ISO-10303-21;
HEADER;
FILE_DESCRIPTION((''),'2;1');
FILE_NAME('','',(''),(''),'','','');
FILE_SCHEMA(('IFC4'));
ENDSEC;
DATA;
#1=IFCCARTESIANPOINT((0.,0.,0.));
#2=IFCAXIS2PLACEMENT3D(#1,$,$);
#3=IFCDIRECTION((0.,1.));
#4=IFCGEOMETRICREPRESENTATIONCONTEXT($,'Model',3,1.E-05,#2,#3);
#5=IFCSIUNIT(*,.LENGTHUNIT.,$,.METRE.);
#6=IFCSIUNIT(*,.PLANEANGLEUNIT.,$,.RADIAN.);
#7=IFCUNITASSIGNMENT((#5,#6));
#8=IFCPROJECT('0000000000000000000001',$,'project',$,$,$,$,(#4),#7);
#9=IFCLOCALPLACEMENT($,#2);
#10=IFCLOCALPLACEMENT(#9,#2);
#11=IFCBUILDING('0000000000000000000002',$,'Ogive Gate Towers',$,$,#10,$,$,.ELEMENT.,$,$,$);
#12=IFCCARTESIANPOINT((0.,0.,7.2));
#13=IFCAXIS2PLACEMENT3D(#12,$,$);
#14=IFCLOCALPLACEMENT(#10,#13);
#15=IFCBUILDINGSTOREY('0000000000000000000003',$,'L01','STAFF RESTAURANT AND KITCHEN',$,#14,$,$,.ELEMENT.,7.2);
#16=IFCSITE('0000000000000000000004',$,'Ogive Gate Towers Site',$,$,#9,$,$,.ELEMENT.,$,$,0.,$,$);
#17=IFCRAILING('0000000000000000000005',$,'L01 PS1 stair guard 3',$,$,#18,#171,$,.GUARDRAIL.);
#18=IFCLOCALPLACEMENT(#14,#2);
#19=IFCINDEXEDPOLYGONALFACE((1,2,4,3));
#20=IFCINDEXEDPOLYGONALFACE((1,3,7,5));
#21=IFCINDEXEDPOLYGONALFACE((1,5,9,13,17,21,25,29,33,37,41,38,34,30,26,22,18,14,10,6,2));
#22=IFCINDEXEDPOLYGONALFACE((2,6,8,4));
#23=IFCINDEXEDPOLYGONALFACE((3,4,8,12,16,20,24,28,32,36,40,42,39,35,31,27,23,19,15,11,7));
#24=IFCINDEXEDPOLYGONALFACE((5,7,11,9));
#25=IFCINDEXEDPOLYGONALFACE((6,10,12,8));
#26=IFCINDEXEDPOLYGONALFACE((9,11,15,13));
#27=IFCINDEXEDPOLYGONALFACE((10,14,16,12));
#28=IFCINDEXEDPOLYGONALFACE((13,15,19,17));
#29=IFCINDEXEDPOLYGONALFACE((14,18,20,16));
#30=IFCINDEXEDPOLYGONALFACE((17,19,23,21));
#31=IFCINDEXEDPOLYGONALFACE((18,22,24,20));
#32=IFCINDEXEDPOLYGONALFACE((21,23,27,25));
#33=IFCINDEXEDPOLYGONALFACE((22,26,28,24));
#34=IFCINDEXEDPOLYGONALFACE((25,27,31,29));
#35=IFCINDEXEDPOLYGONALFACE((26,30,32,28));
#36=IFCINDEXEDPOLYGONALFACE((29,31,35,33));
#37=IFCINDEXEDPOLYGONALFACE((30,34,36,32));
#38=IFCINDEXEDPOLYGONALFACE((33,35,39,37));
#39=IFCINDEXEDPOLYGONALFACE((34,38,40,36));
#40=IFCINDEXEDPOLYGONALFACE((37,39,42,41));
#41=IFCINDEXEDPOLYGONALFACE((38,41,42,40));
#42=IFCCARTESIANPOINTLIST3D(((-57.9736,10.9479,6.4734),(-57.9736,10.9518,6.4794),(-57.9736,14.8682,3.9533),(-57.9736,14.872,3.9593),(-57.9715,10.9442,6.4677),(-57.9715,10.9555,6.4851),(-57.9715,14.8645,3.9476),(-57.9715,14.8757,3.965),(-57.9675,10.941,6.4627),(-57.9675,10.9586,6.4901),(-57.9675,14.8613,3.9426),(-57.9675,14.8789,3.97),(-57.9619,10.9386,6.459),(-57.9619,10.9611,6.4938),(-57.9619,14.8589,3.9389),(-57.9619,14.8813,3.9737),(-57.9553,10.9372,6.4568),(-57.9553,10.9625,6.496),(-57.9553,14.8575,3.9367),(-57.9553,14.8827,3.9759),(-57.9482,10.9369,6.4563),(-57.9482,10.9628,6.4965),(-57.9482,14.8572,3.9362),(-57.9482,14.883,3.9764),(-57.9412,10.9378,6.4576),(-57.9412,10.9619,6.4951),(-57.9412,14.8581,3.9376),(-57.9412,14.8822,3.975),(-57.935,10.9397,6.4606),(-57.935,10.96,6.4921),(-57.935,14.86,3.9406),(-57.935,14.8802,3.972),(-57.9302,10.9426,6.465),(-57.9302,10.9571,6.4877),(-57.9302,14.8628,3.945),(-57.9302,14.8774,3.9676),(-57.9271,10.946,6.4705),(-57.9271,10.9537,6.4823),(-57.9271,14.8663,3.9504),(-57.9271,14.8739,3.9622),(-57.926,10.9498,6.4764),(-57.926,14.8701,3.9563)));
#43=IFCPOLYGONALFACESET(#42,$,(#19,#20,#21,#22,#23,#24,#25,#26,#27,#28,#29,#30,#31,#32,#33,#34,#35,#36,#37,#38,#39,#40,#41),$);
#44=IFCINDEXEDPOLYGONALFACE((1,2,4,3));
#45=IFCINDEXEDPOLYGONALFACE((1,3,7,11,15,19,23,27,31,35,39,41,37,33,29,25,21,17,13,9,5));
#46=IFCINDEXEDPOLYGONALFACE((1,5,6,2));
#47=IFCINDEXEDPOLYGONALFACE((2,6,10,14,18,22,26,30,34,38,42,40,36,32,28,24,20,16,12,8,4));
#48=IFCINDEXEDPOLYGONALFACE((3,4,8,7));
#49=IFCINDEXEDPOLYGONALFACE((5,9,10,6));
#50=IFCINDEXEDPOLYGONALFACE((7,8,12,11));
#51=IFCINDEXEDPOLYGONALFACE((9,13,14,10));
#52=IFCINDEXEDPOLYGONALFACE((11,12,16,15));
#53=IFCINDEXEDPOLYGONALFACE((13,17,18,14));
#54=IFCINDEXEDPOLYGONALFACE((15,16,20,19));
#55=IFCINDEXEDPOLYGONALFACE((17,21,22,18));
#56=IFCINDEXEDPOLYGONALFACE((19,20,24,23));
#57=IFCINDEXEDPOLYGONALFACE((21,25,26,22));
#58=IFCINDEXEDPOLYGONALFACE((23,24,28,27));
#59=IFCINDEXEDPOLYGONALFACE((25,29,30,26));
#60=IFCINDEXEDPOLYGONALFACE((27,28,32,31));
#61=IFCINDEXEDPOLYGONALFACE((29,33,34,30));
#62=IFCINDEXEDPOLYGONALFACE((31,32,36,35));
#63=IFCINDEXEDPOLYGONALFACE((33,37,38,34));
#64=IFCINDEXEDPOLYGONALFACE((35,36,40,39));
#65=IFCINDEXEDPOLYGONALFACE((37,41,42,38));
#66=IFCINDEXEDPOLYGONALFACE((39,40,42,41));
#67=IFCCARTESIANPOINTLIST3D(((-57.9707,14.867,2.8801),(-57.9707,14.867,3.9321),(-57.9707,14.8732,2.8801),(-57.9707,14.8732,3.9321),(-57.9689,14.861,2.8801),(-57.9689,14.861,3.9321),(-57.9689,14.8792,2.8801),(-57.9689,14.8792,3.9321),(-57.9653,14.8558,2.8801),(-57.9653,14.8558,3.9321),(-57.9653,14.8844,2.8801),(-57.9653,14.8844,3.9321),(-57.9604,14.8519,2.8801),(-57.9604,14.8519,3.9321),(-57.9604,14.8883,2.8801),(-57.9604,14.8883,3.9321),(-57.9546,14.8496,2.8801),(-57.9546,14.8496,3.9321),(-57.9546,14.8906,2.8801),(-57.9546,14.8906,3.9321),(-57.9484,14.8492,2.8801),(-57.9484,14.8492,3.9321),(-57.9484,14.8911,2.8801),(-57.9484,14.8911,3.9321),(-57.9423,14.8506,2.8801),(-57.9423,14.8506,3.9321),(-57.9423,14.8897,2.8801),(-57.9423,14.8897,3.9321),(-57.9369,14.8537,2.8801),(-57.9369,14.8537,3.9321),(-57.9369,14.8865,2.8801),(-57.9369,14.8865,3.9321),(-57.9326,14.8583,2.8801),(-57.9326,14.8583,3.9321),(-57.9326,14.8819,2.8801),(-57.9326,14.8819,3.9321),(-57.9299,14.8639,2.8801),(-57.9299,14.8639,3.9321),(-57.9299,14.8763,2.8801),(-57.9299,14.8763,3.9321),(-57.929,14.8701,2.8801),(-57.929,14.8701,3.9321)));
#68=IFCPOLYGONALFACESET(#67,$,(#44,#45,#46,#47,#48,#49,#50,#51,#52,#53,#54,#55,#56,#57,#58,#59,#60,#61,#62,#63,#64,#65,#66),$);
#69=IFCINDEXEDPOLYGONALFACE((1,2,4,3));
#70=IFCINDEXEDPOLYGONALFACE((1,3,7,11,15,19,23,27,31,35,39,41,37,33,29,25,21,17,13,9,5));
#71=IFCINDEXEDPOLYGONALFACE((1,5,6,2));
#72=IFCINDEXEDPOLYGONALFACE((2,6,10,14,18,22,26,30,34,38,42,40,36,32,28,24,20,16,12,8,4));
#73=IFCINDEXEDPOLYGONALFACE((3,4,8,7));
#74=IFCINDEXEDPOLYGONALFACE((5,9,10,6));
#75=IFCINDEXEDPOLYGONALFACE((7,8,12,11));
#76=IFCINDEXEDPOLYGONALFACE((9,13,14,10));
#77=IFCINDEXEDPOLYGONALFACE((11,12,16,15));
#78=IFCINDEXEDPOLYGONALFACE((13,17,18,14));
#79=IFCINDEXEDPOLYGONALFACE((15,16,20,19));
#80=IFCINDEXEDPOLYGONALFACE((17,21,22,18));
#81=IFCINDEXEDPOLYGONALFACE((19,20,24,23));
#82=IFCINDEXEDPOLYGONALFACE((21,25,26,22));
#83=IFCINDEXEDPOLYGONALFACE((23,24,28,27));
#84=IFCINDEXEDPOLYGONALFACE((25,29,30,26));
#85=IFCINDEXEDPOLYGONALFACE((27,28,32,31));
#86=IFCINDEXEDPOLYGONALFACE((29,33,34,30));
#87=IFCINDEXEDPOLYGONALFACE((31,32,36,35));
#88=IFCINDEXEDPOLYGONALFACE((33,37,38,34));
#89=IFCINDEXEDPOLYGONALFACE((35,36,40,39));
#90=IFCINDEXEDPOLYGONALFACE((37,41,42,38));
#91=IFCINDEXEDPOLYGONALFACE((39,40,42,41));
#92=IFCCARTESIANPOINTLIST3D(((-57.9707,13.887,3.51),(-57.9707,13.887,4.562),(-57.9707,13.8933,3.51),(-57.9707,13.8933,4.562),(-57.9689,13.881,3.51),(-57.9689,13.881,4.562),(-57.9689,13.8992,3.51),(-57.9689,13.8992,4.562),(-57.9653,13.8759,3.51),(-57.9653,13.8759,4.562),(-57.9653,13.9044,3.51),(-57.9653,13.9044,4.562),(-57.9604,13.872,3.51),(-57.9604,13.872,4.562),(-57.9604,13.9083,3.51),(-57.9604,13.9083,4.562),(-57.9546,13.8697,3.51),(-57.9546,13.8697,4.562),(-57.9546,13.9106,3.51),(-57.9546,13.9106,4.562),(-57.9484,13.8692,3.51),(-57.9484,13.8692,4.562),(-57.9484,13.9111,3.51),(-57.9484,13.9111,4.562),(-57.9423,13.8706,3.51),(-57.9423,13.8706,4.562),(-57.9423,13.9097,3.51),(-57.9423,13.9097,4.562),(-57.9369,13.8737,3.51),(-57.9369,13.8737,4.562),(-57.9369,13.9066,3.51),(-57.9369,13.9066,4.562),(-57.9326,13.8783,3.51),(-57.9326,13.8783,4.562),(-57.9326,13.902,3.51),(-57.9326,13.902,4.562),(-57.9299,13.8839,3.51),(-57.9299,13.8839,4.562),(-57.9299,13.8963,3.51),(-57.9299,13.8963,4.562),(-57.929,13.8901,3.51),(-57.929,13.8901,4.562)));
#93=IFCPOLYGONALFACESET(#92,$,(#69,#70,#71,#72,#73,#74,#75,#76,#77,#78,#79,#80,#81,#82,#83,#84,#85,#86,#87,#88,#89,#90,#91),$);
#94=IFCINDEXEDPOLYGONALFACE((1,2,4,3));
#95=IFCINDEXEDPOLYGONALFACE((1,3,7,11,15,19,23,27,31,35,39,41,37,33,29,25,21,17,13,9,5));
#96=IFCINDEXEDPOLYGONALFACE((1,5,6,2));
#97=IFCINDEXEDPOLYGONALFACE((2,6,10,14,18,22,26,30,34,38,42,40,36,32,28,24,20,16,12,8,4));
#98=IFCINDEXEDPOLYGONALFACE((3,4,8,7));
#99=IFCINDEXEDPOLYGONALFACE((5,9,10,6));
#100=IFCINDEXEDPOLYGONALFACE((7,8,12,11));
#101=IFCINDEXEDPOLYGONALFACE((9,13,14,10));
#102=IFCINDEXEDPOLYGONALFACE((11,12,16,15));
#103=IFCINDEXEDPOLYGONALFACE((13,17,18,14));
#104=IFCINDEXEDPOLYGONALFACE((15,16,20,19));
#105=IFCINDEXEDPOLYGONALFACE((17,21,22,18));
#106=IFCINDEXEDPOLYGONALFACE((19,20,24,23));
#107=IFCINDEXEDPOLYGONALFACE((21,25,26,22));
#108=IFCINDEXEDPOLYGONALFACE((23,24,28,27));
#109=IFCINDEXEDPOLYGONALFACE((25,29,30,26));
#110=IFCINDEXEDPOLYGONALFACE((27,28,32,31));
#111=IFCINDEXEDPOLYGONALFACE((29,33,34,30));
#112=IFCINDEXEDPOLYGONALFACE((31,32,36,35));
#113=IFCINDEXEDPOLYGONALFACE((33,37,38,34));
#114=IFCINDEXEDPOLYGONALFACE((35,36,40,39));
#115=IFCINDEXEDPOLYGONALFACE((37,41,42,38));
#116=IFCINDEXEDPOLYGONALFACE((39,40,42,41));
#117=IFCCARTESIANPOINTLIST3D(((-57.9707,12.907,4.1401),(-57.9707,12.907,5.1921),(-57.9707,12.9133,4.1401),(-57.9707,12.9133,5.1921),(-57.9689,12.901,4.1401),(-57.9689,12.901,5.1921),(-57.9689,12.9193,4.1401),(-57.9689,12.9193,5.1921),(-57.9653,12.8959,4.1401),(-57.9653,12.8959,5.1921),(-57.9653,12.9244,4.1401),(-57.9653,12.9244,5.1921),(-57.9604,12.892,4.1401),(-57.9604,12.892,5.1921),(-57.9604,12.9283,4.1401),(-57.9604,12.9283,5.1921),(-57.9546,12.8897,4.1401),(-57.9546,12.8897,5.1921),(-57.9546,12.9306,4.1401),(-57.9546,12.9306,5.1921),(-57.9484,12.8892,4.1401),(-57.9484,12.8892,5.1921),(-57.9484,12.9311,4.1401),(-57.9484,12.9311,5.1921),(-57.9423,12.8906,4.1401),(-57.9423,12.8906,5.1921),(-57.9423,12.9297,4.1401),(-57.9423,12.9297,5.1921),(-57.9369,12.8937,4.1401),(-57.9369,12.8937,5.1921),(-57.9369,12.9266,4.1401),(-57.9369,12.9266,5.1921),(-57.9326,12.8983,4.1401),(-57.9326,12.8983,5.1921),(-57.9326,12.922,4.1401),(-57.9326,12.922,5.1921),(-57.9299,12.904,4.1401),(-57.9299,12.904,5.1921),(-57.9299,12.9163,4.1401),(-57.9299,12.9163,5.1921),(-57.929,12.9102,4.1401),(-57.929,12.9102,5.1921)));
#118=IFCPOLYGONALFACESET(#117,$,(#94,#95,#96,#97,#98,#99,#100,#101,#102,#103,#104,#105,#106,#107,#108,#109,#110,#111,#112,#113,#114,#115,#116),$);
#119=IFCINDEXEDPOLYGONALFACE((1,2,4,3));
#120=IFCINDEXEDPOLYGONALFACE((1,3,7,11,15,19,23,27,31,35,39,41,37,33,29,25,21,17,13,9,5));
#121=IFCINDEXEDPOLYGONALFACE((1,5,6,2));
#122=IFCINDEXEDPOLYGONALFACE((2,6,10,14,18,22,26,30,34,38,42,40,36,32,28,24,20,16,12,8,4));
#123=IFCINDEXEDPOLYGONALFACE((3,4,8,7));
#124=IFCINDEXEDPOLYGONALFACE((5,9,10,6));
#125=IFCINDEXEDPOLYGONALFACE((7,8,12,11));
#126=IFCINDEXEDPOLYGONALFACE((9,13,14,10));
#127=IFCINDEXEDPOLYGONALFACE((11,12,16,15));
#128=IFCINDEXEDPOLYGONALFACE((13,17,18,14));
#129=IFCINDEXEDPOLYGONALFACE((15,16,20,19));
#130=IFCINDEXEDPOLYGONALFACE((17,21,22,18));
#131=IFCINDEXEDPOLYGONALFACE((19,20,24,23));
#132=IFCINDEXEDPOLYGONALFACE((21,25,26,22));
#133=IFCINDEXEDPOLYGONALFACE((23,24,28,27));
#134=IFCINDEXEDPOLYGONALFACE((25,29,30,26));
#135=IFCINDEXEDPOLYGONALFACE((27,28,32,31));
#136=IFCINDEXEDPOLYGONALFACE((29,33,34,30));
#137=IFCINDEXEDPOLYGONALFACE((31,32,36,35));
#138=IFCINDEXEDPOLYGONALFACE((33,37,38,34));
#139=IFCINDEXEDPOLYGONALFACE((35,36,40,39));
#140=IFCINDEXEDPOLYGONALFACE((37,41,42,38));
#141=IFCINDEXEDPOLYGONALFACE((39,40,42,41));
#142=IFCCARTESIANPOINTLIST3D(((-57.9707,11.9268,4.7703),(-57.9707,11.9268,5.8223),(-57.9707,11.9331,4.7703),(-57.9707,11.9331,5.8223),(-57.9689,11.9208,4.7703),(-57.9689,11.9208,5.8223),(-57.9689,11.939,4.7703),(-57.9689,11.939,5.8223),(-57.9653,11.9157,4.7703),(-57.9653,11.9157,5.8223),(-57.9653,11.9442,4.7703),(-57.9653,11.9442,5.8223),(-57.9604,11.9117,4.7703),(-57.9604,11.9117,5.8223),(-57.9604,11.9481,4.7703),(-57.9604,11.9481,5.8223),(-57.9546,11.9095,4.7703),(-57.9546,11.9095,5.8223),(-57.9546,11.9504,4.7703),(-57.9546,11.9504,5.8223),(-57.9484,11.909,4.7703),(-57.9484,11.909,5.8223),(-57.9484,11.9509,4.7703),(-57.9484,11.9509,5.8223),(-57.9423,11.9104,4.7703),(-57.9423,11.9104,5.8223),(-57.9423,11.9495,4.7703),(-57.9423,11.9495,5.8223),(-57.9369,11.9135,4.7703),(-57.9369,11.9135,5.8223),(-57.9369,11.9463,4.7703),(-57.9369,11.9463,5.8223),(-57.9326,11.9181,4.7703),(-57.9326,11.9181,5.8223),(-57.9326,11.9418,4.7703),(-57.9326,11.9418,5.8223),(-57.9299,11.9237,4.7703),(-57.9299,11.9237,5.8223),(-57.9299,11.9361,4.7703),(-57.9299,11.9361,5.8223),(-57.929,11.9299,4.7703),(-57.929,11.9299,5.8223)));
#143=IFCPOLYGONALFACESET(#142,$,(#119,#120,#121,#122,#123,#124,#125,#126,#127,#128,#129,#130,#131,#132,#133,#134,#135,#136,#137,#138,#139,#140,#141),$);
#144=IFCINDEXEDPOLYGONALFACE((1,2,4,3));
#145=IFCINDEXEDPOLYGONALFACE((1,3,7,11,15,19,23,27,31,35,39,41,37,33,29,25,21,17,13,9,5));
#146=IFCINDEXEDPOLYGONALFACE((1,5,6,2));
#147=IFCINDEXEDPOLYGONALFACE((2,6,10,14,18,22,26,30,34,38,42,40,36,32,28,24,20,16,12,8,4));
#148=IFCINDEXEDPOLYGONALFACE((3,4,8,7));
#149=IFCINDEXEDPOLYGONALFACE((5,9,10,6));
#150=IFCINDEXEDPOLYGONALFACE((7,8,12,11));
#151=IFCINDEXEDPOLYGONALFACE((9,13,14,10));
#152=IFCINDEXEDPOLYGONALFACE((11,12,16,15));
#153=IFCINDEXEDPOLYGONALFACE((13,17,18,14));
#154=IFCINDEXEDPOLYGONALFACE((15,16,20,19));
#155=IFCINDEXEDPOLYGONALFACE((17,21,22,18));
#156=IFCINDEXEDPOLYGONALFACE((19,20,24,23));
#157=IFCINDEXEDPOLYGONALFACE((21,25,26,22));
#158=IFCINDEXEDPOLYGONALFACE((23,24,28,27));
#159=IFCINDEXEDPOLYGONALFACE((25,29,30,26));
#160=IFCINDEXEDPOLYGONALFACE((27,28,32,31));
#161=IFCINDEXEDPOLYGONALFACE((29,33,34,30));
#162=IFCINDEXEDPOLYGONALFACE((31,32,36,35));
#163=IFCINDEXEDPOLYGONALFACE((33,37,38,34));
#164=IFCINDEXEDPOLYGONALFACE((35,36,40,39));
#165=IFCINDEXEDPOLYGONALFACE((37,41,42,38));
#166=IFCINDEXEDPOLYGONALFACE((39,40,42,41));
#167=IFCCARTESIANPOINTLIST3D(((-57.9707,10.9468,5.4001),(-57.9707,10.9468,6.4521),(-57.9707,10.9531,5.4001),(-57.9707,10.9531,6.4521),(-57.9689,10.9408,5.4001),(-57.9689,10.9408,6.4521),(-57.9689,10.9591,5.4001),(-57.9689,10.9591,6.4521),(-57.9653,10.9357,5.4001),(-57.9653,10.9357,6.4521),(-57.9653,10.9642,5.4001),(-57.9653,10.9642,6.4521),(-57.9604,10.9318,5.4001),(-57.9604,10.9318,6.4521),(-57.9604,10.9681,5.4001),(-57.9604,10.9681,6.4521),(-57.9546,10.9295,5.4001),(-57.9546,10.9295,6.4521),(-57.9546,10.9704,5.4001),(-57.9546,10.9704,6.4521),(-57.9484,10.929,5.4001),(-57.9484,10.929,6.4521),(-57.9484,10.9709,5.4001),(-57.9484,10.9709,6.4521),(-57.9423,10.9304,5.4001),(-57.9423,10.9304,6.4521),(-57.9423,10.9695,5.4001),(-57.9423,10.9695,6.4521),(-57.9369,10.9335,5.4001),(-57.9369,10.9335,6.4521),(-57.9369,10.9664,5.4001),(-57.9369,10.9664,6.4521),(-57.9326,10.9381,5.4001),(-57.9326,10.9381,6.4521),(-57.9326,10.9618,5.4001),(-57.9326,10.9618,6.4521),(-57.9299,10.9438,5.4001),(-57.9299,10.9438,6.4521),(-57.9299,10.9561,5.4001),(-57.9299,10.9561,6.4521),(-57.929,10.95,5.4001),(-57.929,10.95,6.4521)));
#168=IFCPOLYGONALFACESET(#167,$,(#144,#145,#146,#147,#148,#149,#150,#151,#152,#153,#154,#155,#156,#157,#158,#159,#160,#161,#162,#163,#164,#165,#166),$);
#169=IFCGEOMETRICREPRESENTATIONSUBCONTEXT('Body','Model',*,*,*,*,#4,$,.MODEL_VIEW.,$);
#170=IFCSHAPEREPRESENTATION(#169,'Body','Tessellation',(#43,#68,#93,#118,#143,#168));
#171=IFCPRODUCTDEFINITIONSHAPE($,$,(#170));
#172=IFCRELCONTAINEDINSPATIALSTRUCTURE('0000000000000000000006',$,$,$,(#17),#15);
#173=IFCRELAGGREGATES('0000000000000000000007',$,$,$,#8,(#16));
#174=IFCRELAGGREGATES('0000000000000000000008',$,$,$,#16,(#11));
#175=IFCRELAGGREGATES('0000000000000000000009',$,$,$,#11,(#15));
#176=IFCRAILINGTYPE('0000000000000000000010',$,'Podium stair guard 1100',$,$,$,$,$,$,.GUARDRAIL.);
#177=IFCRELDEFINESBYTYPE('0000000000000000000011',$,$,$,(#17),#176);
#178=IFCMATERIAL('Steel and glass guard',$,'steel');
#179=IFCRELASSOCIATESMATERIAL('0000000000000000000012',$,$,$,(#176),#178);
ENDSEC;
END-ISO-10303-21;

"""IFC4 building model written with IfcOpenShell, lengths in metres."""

from ifc_helpers import new_model, si_unit, direction, frame, origin, origin_2d, place, context, subcontext, project, spatial, circle, extrude, material, type_object, element, save


model = new_model("IFC4")

# Units and contexts
model_context = context("Model", 3, precision=1e-05, world=origin(), true_north=direction((0.0, 1.0)))
body_context = subcontext(model_context, "Body", "Model", "MODEL_VIEW")
ifc_project = project(units=[si_unit("LENGTHUNIT", "METRE"), si_unit("PLANEANGLEUNIT", "RADIAN")], contexts=[model_context])

# Site, building, storey
site_placement = place(None, origin())
site = spatial("IfcSite", under=ifc_project, at=site_placement, Name="Ogive Gate Towers Site", CompositionType="ELEMENT", RefElevation=0.0)
building_placement = place(site_placement, origin())
building = spatial("IfcBuilding", under=site, at=building_placement, Name="Ogive Gate Towers", CompositionType="ELEMENT")
storey_placement = place(building_placement, frame((0.0, 0.0, 7.2)))
storey = spatial("IfcBuildingStorey", under=building, at=storey_placement, Name="L01", Description="STAFF RESTAURANT AND KITCHEN", CompositionType="ELEMENT", Elevation=7.2)

# Railing
ifc_material_1 = material(Name="Steel and glass guard", Category="steel")
railing_type_1 = type_object("IfcRailingType", Name="Podium stair guard 1100", PredefinedType="GUARDRAIL", material=ifc_material_1)
railing_1_placement = place(storey_placement, frame((-57.95, 14.8701, 2.8801)))
element("IfcRailing", 1, at=railing_1_placement, inside=storey, type_object=railing_type_1, Name="L01 PS1 stair guard 3", PredefinedType="GUARDRAIL", context=body_context, shape_type="SweptSolid", body=[
    extrude(circle(Radius=0.0239, at=origin_2d()), frame((0.0, 0.0, 1.0762), z_axis=(0.0, -0.841187, 0.540744), x_axis=(1.0, 0.0, 0.0)), (0.0, 0.0, 1.0), 4.6604),
    extrude(circle(Radius=0.021, at=origin_2d()), origin(), (0.0, 0.0, 1.0), 1.052),
    extrude(circle(Radius=0.021, at=origin_2d()), frame((0.0, -0.98, 0.6299)), (0.0, 0.0, 1.0), 1.052),
    extrude(circle(Radius=0.021, at=origin_2d()), frame((0.0, -1.96, 1.26)), (0.0, 0.0, 1.0), 1.052),
    extrude(circle(Radius=0.021, at=origin_2d()), frame((0.0, -2.9402, 1.8901)), (0.0, 0.0, 1.0), 1.052),
    extrude(circle(Radius=0.021, at=origin_2d()), frame((0.0, -3.9202, 2.52)), (0.0, 0.0, 1.0), 1.052),
])

save(model, "model.ifc")
